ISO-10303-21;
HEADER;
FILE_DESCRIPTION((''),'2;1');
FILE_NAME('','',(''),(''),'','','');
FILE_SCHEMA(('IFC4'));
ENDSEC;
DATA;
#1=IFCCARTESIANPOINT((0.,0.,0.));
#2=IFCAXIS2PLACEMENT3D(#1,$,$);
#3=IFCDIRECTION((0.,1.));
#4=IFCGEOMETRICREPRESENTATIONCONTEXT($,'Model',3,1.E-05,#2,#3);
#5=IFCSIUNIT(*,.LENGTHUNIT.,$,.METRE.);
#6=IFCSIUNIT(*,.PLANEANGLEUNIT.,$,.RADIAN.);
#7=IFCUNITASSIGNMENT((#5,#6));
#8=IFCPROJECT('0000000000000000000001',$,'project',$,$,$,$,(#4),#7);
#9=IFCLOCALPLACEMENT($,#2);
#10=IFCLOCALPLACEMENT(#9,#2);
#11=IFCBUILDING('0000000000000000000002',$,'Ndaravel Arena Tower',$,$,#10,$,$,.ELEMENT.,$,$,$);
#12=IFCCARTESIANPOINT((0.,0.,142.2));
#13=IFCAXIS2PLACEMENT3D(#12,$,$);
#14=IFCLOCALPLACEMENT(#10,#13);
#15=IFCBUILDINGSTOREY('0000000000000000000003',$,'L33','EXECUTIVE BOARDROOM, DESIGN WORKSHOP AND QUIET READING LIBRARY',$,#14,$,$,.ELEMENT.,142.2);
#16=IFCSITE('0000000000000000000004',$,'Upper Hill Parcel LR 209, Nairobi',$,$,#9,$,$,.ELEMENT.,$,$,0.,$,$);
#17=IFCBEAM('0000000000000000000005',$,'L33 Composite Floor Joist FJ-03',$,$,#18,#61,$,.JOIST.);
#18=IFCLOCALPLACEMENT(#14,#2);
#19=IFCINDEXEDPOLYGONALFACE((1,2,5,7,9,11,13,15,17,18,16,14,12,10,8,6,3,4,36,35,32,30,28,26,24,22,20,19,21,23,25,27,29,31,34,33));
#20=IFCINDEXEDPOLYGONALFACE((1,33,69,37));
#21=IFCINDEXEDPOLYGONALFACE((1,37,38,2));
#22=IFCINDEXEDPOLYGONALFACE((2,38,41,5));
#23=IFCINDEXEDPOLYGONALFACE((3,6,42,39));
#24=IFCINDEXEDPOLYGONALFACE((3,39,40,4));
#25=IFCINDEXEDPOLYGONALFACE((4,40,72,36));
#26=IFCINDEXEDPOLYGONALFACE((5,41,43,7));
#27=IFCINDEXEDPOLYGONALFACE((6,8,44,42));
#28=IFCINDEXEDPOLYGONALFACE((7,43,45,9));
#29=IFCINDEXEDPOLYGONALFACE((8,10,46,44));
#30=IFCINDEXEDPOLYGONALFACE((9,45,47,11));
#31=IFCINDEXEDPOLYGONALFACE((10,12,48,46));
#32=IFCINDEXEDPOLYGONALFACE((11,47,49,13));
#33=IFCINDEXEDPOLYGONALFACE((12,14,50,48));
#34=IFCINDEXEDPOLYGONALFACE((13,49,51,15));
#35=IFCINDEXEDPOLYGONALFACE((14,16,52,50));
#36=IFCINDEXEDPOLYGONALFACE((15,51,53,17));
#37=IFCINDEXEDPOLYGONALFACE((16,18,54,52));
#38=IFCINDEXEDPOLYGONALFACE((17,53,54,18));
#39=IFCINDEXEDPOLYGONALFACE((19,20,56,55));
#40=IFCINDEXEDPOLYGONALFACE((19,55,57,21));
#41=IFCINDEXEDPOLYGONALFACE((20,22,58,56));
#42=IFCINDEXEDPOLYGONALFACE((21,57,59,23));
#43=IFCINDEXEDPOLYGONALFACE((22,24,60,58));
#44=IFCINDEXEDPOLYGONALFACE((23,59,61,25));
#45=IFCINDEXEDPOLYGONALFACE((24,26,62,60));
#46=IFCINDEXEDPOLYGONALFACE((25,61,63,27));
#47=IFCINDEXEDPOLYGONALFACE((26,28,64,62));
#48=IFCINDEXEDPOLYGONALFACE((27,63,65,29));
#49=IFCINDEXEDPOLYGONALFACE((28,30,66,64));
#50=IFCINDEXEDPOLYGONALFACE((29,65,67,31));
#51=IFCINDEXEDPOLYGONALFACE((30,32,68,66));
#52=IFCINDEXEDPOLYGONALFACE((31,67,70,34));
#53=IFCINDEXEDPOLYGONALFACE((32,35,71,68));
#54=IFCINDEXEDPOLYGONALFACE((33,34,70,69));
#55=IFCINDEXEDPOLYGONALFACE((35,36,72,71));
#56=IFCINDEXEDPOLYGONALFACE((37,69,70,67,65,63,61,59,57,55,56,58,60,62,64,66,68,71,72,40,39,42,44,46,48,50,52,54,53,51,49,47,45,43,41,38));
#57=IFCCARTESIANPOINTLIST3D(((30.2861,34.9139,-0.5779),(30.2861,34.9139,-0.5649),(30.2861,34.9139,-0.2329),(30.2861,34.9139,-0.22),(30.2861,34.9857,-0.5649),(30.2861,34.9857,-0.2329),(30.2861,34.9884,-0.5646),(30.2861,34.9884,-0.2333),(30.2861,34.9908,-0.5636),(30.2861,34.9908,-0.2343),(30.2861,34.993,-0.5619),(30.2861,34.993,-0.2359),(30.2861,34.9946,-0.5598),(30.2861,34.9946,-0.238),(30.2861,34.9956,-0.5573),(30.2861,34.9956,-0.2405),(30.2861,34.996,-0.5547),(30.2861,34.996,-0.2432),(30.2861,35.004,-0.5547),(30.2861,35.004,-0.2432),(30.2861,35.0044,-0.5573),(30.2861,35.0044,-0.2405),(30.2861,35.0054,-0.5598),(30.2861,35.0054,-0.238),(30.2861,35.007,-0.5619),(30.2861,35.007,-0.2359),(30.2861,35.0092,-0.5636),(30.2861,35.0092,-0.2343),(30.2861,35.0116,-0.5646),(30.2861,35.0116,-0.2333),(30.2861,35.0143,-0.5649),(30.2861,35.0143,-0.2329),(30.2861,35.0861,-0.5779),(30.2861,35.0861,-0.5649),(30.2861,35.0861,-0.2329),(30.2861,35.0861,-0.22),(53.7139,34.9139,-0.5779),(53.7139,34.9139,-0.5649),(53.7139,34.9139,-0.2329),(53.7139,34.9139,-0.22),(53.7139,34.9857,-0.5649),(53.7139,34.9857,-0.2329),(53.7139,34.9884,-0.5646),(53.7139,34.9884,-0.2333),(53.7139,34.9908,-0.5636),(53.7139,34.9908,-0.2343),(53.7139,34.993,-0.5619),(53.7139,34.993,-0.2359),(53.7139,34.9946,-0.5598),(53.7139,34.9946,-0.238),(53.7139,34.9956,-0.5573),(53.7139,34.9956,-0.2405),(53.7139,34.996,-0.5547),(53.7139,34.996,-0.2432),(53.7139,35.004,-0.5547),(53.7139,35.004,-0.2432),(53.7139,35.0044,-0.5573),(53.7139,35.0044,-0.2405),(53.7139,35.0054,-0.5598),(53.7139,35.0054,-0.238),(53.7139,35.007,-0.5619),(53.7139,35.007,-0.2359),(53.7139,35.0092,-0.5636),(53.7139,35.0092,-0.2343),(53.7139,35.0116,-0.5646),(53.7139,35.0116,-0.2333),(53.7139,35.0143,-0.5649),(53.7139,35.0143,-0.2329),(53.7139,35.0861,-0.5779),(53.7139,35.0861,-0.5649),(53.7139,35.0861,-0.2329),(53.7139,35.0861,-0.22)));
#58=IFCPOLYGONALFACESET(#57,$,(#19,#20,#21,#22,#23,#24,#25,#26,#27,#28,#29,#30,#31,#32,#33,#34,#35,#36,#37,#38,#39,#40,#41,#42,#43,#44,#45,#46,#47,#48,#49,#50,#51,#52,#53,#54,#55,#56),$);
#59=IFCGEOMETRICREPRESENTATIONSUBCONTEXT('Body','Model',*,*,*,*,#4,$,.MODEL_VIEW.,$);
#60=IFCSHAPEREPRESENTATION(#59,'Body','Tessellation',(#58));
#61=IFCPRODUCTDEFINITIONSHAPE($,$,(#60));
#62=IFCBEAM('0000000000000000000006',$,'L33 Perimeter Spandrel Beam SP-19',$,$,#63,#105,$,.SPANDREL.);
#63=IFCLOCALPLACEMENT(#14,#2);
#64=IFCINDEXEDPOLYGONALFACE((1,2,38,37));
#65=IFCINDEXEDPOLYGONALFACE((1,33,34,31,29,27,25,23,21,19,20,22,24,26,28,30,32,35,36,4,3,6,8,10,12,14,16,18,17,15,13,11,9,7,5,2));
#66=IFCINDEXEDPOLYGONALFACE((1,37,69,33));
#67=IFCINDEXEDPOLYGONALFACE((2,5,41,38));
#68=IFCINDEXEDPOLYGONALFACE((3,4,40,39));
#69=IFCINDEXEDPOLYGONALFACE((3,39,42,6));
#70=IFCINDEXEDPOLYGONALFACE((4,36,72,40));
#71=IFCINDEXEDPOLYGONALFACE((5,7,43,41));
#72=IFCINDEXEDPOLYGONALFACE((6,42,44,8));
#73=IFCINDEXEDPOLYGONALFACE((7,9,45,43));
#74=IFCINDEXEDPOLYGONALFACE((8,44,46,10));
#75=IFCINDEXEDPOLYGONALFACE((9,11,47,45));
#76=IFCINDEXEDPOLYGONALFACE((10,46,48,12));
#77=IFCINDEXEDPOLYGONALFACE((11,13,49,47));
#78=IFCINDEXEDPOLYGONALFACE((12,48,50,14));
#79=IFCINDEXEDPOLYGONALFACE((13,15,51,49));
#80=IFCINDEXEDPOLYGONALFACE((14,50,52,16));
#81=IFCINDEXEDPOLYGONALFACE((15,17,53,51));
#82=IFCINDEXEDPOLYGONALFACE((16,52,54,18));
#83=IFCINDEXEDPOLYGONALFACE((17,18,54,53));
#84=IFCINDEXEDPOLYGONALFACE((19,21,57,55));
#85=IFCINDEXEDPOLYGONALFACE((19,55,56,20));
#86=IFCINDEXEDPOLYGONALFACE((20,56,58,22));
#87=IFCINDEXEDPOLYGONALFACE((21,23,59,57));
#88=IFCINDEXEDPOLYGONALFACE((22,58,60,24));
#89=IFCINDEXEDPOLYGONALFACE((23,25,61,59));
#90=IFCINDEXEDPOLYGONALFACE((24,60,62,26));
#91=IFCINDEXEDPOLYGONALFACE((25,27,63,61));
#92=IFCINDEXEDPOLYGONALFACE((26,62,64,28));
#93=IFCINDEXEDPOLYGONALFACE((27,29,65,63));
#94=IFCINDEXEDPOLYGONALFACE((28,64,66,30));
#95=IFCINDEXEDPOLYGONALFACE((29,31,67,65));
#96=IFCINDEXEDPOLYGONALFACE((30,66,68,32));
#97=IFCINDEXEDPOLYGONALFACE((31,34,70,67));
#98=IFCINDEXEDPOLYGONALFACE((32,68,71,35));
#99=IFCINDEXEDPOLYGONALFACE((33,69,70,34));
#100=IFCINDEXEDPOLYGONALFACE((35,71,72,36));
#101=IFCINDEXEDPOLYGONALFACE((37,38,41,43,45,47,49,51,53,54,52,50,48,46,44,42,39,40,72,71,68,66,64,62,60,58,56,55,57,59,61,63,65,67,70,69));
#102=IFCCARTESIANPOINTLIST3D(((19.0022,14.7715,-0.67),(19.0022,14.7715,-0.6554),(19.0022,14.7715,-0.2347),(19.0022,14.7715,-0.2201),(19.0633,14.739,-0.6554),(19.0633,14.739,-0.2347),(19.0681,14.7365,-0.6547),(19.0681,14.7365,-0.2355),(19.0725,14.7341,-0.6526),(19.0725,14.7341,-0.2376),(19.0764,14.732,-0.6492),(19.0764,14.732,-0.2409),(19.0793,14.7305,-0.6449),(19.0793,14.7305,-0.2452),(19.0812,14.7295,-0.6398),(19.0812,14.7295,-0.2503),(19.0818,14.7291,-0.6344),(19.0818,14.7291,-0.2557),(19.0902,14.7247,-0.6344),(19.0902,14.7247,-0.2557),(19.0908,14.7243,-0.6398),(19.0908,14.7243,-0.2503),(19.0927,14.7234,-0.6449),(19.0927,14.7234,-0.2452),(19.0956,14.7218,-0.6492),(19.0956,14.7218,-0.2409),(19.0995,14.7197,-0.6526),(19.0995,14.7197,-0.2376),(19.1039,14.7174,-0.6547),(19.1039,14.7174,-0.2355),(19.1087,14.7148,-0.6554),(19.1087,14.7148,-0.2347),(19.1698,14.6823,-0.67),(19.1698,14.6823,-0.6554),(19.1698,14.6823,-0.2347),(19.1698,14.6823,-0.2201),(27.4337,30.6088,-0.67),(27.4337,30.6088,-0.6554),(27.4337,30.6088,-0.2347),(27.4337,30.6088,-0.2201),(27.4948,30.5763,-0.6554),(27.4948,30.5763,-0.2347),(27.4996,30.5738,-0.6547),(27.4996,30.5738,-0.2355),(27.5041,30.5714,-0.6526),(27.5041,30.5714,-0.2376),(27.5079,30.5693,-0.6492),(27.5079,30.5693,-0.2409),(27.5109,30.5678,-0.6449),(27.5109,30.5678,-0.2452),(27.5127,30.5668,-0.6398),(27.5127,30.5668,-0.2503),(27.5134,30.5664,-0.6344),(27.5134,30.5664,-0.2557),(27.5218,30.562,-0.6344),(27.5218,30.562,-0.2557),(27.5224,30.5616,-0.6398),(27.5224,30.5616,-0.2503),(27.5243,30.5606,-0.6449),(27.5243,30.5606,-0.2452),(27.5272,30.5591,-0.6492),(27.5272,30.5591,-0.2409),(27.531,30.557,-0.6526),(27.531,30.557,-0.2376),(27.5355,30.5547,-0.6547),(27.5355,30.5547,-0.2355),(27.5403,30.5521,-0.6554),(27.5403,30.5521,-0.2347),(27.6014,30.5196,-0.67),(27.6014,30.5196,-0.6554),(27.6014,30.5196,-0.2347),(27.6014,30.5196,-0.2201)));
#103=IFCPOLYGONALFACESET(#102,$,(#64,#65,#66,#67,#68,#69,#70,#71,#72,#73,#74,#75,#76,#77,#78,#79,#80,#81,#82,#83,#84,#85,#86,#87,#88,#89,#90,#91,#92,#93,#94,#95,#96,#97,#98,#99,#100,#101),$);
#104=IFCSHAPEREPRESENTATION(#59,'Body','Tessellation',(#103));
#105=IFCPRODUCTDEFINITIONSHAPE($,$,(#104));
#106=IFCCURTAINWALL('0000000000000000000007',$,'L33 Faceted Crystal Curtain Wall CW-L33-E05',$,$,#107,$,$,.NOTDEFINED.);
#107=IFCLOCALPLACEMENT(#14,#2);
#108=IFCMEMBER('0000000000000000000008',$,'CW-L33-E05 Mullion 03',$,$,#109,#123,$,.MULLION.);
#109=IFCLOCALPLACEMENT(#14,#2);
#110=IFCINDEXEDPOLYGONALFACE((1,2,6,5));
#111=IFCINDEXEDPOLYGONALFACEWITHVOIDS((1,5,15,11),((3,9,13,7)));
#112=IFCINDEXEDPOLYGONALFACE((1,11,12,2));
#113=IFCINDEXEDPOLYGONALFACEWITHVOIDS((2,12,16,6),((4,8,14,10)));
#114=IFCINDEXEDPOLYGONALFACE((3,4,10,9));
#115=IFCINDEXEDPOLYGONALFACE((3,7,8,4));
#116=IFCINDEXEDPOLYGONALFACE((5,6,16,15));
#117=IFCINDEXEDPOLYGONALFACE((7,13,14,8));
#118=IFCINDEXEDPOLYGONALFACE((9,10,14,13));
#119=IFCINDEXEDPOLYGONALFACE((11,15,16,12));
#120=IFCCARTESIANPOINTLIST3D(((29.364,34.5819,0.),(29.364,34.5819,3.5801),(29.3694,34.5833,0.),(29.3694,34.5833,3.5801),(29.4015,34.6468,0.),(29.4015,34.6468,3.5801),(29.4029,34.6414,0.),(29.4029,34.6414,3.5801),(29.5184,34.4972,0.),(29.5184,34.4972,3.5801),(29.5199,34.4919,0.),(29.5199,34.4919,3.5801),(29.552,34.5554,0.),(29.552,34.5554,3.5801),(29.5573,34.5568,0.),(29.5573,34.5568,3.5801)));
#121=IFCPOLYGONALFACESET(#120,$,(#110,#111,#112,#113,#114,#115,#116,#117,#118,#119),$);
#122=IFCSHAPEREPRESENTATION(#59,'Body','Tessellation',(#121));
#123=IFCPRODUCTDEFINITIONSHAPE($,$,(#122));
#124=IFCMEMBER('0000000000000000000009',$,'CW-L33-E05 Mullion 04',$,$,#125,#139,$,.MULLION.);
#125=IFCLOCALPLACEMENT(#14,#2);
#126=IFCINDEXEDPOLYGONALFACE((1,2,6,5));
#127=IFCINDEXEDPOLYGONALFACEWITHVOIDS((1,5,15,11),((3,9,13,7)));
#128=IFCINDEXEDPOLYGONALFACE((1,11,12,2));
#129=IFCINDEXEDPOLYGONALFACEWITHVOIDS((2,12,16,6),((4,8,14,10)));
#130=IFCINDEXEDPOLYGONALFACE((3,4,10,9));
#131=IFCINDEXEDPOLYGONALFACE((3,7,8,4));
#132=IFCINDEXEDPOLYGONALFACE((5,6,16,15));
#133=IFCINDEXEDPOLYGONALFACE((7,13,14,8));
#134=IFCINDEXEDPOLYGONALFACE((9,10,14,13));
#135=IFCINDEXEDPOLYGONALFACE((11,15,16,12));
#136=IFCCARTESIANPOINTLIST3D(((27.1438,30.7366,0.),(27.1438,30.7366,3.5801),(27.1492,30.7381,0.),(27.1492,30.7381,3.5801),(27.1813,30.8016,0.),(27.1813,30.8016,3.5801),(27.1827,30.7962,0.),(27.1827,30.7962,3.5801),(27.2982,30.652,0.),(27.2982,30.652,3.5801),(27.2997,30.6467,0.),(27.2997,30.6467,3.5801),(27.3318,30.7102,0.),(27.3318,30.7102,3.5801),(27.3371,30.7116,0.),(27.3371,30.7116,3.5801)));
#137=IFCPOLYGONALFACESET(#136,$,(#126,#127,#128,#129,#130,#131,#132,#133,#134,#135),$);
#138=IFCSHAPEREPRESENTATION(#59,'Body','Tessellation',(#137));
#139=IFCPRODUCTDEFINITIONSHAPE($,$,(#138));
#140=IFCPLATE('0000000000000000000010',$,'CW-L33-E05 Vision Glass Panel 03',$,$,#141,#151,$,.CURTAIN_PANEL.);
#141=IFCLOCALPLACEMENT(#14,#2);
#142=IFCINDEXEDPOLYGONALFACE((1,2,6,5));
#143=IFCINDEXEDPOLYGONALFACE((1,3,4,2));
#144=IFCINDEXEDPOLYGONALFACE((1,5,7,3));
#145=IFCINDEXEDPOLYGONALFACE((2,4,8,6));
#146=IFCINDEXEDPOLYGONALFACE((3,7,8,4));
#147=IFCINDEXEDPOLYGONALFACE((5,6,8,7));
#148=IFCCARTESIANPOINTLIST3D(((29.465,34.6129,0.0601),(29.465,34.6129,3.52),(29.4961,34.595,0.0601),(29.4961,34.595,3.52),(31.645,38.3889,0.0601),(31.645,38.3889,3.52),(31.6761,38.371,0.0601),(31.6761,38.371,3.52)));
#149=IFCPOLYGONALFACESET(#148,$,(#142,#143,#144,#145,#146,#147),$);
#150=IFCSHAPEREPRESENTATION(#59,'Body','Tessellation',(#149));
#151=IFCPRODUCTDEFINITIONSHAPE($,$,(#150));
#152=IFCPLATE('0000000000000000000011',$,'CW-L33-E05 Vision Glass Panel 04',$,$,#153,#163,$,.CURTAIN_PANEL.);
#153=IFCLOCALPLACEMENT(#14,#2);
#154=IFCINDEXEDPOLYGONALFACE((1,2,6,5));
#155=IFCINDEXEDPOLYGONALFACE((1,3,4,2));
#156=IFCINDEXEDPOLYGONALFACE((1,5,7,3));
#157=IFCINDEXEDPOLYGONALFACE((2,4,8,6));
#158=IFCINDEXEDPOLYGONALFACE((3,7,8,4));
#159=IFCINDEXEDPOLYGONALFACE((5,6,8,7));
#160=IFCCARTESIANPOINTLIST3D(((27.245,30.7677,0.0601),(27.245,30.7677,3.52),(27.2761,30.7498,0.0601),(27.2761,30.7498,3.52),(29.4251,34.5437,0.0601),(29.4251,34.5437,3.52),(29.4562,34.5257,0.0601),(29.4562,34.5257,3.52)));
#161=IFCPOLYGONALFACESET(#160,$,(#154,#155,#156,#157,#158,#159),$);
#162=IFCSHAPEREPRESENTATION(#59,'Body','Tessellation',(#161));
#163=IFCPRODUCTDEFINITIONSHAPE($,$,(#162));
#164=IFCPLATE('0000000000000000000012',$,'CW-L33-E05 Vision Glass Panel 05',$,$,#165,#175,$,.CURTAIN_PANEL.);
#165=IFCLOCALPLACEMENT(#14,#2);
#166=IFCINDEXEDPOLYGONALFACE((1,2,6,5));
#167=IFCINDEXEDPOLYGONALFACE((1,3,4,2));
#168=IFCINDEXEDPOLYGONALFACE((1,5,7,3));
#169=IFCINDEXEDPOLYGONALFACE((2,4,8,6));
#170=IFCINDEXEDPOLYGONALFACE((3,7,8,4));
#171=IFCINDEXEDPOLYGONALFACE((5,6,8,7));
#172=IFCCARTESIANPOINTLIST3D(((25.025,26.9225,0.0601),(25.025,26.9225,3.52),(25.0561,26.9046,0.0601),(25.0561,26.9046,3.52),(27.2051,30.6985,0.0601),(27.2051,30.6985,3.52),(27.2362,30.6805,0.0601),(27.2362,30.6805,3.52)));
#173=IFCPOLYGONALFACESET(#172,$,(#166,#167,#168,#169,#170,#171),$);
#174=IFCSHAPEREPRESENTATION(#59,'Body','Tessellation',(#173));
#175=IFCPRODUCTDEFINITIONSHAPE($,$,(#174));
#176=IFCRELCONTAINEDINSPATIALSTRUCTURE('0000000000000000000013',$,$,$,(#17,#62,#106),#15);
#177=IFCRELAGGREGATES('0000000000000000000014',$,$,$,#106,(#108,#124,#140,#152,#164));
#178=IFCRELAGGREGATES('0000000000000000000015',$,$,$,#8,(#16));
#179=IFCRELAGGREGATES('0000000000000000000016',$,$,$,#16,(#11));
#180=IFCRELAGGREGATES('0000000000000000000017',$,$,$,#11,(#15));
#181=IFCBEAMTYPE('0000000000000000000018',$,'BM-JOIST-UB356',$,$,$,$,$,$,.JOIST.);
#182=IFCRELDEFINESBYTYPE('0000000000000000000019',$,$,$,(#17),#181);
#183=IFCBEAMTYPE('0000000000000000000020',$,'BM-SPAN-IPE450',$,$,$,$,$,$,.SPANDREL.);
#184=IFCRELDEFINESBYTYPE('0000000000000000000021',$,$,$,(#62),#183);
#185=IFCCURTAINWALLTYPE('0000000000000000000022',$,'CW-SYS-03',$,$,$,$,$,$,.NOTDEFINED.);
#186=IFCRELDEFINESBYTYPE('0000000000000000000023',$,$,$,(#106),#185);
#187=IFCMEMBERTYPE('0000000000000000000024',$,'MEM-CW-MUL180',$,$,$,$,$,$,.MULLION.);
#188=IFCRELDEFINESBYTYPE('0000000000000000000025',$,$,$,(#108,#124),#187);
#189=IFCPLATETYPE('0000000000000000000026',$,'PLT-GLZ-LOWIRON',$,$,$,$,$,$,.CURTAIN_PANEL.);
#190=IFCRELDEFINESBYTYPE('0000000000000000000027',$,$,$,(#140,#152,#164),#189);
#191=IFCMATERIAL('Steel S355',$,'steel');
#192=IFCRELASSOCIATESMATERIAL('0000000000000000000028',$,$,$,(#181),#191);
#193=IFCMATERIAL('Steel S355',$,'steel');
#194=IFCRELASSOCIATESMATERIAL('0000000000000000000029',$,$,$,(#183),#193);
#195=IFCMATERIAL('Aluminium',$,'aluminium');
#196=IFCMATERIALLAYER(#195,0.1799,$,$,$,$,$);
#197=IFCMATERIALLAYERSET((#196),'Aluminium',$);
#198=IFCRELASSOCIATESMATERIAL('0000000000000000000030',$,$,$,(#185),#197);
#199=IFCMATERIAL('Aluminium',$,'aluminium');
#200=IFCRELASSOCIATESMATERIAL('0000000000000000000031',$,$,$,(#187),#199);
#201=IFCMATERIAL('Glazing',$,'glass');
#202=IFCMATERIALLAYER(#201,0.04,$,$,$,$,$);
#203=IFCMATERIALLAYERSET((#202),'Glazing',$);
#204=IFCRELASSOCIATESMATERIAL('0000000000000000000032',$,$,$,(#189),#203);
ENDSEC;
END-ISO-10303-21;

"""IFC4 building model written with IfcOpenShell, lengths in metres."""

from ifc_helpers import new_model, si_unit, direction, frame, origin, origin_2d, place, context, subcontext, project, spatial, rectangle, hollow_rectangle, i_section, extrude, material, layer, layer_set, material_profile, profile_set, type_object, element, aggregate, save


model = new_model("IFC4")

# Units and contexts
model_context = context("Model", 3, precision=1e-05, world=origin(), true_north=direction((0.0, 1.0)))
body_context = subcontext(model_context, "Body", "Model", "MODEL_VIEW")
ifc_project = project(units=[si_unit("LENGTHUNIT", "METRE"), si_unit("PLANEANGLEUNIT", "RADIAN")], contexts=[model_context])

# Site, building, storey
site_placement = place(None, origin())
site = spatial("IfcSite", under=ifc_project, at=site_placement, Name="Upper Hill Parcel LR 209, Nairobi", CompositionType="ELEMENT", RefElevation=0.0)
building_placement = place(site_placement, origin())
building = spatial("IfcBuilding", under=site, at=building_placement, Name="Ndaravel Arena Tower", CompositionType="ELEMENT")
storey_placement = place(building_placement, frame((0.0, 0.0, 142.2)))
storey = spatial("IfcBuildingStorey", under=building, at=storey_placement, Name="L33", Description="EXECUTIVE BOARDROOM, DESIGN WORKSHOP AND QUIET READING LIBRARY", CompositionType="ELEMENT", Elevation=142.2)

# Beams
ifc_material_1 = material(Name="Steel S355", Category="steel")
ifc_material_profile_1 = material_profile(ifc_material_1, i_section(OverallWidth=0.1721, OverallDepth=0.3579, WebThickness=0.0081, FlangeThickness=0.0129, FilletRadius=0.0103, at=origin_2d()), Name="UB 356x171x57")
ifc_profile_set_1 = profile_set([ifc_material_profile_1], Name="Steel S355")
beam_type_1 = type_object("IfcBeamType", Name="BM-JOIST-UB356", PredefinedType="JOIST", material=ifc_profile_set_1)
beam_1_placement = place(storey_placement, frame((30.2861, 35.0, -0.3989), z_axis=(1.0, 0.0, 0.0), x_axis=(0.0, 1.0, 0.0)))
element("IfcBeam", 1, at=beam_1_placement, inside=storey, type_object=beam_type_1, Name="L33 Composite Floor Joist FJ-03", PredefinedType="JOIST", context=body_context, shape_type="SweptSolid", body=[
    extrude(i_section(OverallWidth=0.1721, OverallDepth=0.3579, WebThickness=0.0081, FlangeThickness=0.0129, FilletRadius=0.0103, at=origin_2d()), origin(), (0.0, 0.0, 1.0), 23.4277),
])
ifc_material_2 = material(Name="Steel S355", Category="steel")
ifc_material_profile_2 = material_profile(ifc_material_2, i_section(OverallWidth=0.1899, OverallDepth=0.45, WebThickness=0.0095, FlangeThickness=0.0146, FilletRadius=0.021, at=origin_2d()), Name="IPE 450")
ifc_profile_set_2 = profile_set([ifc_material_profile_2], Name="Steel S355")
beam_type_2 = type_object("IfcBeamType", Name="BM-SPAN-IPE450", PredefinedType="SPANDREL", material=ifc_profile_set_2)
beam_2_placement = place(storey_placement, frame((27.5176, 30.5642, -0.4451), z_axis=(-0.469938, -0.882699, 0.0), x_axis=(0.882699, -0.469938, 0.0)))
element("IfcBeam", 2, at=beam_2_placement, inside=storey, type_object=beam_type_2, Name="L33 Perimeter Spandrel Beam SP-19", PredefinedType="SPANDREL", context=body_context, shape_type="SweptSolid", body=[
    extrude(i_section(OverallWidth=0.1899, OverallDepth=0.45, WebThickness=0.0095, FlangeThickness=0.0146, FilletRadius=0.021, at=origin_2d()), origin(), (0.0, 0.0, 1.0), 17.9419),
])

# Curtain wall, members, plates
ifc_material_3 = material(Name="Aluminium", Category="aluminium")
ifc_layer_1 = layer(ifc_material_3, 0.1799)
ifc_layer_set_1 = layer_set([ifc_layer_1], Name="Aluminium")
curtain_wall_type = type_object("IfcCurtainWallType", Name="CW-SYS-03", PredefinedType="NOTDEFINED", material=ifc_layer_set_1)
curtain_wall_placement = place(storey_placement, origin())
curtain_wall = element("IfcCurtainWall", 3, at=curtain_wall_placement, inside=storey, type_object=curtain_wall_type, Name="L33 Faceted Crystal Curtain Wall CW-L33-E05", PredefinedType="NOTDEFINED")
ifc_material_4 = material(Name="Aluminium", Category="aluminium")
ifc_material_profile_3 = material_profile(ifc_material_4, hollow_rectangle(XDim=0.075, YDim=0.1799, WallThickness=0.0039, at=origin_2d()), Name="CW MULLION 75x180x4")
ifc_profile_set_3 = profile_set([ifc_material_profile_3], Name="Aluminium")
member_type = type_object("IfcMemberType", Name="MEM-CW-MUL180", PredefinedType="MULLION", material=ifc_profile_set_3)
member_1_placement = place(storey_placement, frame((29.4607, 34.5693, 0.0), z_axis=(0.0, 0.0, 1.0), x_axis=(-0.5, -0.866025, 0.0)))
member_1 = element("IfcMember", 4, at=member_1_placement, type_object=member_type, Name="CW-L33-E05 Mullion 03", PredefinedType="MULLION", context=body_context, shape_type="SweptSolid", body=[
    extrude(hollow_rectangle(XDim=0.075, YDim=0.1799, WallThickness=0.0039, at=origin_2d()), origin(), (0.0, 0.0, 1.0), 3.5801),
])
member_2_placement = place(storey_placement, frame((27.2405, 30.7241, 0.0), z_axis=(0.0, 0.0, 1.0), x_axis=(-0.5, -0.866025, 0.0)))
member_2 = element("IfcMember", 5, at=member_2_placement, type_object=member_type, Name="CW-L33-E05 Mullion 04", PredefinedType="MULLION", context=body_context, shape_type="SweptSolid", body=[
    extrude(hollow_rectangle(XDim=0.075, YDim=0.1799, WallThickness=0.0039, at=origin_2d()), origin(), (0.0, 0.0, 1.0), 3.5801),
])
ifc_material_5 = material(Name="Glazing", Category="glass")
ifc_layer_2 = layer(ifc_material_5, 0.04)
ifc_layer_set_2 = layer_set([ifc_layer_2], Name="Glazing")
plate_type = type_object("IfcPlateType", Name="PLT-GLZ-LOWIRON", PredefinedType="CURTAIN_PANEL", material=ifc_layer_set_2)
plate_1_placement = place(storey_placement, frame((30.5706, 36.4919, 0.0601), z_axis=(0.0, 0.0, 1.0), x_axis=(-0.5, -0.866025, 0.0)))
plate_1 = element("IfcPlate", 6, at=plate_1_placement, type_object=plate_type, Name="CW-L33-E05 Vision Glass Panel 03", PredefinedType="CURTAIN_PANEL", context=body_context, shape_type="SweptSolid", body=[
    extrude(rectangle(XDim=4.3601, YDim=0.0359, at=origin_2d()), origin(), (0.0, 0.0, 1.0), 3.46),
])
plate_2_placement = place(storey_placement, frame((28.3506, 32.6467, 0.0601), z_axis=(0.0, 0.0, 1.0), x_axis=(-0.5, -0.866025, 0.0)))
plate_2 = element("IfcPlate", 7, at=plate_2_placement, type_object=plate_type, Name="CW-L33-E05 Vision Glass Panel 04", PredefinedType="CURTAIN_PANEL", context=body_context, shape_type="SweptSolid", body=[
    extrude(rectangle(XDim=4.3601, YDim=0.0359, at=origin_2d()), origin(), (0.0, 0.0, 1.0), 3.46),
])
plate_3_placement = place(storey_placement, frame((26.1306, 28.8015, 0.0601), z_axis=(0.0, 0.0, 1.0), x_axis=(-0.5, -0.866025, 0.0)))
plate_3 = element("IfcPlate", 8, at=plate_3_placement, type_object=plate_type, Name="CW-L33-E05 Vision Glass Panel 05", PredefinedType="CURTAIN_PANEL", context=body_context, shape_type="SweptSolid", body=[
    extrude(rectangle(XDim=4.3601, YDim=0.0359, at=origin_2d()), origin(), (0.0, 0.0, 1.0), 3.46),
])
aggregate(curtain_wall, [member_1, member_2, plate_1, plate_2, plate_3])

save(model, "model.ifc")
